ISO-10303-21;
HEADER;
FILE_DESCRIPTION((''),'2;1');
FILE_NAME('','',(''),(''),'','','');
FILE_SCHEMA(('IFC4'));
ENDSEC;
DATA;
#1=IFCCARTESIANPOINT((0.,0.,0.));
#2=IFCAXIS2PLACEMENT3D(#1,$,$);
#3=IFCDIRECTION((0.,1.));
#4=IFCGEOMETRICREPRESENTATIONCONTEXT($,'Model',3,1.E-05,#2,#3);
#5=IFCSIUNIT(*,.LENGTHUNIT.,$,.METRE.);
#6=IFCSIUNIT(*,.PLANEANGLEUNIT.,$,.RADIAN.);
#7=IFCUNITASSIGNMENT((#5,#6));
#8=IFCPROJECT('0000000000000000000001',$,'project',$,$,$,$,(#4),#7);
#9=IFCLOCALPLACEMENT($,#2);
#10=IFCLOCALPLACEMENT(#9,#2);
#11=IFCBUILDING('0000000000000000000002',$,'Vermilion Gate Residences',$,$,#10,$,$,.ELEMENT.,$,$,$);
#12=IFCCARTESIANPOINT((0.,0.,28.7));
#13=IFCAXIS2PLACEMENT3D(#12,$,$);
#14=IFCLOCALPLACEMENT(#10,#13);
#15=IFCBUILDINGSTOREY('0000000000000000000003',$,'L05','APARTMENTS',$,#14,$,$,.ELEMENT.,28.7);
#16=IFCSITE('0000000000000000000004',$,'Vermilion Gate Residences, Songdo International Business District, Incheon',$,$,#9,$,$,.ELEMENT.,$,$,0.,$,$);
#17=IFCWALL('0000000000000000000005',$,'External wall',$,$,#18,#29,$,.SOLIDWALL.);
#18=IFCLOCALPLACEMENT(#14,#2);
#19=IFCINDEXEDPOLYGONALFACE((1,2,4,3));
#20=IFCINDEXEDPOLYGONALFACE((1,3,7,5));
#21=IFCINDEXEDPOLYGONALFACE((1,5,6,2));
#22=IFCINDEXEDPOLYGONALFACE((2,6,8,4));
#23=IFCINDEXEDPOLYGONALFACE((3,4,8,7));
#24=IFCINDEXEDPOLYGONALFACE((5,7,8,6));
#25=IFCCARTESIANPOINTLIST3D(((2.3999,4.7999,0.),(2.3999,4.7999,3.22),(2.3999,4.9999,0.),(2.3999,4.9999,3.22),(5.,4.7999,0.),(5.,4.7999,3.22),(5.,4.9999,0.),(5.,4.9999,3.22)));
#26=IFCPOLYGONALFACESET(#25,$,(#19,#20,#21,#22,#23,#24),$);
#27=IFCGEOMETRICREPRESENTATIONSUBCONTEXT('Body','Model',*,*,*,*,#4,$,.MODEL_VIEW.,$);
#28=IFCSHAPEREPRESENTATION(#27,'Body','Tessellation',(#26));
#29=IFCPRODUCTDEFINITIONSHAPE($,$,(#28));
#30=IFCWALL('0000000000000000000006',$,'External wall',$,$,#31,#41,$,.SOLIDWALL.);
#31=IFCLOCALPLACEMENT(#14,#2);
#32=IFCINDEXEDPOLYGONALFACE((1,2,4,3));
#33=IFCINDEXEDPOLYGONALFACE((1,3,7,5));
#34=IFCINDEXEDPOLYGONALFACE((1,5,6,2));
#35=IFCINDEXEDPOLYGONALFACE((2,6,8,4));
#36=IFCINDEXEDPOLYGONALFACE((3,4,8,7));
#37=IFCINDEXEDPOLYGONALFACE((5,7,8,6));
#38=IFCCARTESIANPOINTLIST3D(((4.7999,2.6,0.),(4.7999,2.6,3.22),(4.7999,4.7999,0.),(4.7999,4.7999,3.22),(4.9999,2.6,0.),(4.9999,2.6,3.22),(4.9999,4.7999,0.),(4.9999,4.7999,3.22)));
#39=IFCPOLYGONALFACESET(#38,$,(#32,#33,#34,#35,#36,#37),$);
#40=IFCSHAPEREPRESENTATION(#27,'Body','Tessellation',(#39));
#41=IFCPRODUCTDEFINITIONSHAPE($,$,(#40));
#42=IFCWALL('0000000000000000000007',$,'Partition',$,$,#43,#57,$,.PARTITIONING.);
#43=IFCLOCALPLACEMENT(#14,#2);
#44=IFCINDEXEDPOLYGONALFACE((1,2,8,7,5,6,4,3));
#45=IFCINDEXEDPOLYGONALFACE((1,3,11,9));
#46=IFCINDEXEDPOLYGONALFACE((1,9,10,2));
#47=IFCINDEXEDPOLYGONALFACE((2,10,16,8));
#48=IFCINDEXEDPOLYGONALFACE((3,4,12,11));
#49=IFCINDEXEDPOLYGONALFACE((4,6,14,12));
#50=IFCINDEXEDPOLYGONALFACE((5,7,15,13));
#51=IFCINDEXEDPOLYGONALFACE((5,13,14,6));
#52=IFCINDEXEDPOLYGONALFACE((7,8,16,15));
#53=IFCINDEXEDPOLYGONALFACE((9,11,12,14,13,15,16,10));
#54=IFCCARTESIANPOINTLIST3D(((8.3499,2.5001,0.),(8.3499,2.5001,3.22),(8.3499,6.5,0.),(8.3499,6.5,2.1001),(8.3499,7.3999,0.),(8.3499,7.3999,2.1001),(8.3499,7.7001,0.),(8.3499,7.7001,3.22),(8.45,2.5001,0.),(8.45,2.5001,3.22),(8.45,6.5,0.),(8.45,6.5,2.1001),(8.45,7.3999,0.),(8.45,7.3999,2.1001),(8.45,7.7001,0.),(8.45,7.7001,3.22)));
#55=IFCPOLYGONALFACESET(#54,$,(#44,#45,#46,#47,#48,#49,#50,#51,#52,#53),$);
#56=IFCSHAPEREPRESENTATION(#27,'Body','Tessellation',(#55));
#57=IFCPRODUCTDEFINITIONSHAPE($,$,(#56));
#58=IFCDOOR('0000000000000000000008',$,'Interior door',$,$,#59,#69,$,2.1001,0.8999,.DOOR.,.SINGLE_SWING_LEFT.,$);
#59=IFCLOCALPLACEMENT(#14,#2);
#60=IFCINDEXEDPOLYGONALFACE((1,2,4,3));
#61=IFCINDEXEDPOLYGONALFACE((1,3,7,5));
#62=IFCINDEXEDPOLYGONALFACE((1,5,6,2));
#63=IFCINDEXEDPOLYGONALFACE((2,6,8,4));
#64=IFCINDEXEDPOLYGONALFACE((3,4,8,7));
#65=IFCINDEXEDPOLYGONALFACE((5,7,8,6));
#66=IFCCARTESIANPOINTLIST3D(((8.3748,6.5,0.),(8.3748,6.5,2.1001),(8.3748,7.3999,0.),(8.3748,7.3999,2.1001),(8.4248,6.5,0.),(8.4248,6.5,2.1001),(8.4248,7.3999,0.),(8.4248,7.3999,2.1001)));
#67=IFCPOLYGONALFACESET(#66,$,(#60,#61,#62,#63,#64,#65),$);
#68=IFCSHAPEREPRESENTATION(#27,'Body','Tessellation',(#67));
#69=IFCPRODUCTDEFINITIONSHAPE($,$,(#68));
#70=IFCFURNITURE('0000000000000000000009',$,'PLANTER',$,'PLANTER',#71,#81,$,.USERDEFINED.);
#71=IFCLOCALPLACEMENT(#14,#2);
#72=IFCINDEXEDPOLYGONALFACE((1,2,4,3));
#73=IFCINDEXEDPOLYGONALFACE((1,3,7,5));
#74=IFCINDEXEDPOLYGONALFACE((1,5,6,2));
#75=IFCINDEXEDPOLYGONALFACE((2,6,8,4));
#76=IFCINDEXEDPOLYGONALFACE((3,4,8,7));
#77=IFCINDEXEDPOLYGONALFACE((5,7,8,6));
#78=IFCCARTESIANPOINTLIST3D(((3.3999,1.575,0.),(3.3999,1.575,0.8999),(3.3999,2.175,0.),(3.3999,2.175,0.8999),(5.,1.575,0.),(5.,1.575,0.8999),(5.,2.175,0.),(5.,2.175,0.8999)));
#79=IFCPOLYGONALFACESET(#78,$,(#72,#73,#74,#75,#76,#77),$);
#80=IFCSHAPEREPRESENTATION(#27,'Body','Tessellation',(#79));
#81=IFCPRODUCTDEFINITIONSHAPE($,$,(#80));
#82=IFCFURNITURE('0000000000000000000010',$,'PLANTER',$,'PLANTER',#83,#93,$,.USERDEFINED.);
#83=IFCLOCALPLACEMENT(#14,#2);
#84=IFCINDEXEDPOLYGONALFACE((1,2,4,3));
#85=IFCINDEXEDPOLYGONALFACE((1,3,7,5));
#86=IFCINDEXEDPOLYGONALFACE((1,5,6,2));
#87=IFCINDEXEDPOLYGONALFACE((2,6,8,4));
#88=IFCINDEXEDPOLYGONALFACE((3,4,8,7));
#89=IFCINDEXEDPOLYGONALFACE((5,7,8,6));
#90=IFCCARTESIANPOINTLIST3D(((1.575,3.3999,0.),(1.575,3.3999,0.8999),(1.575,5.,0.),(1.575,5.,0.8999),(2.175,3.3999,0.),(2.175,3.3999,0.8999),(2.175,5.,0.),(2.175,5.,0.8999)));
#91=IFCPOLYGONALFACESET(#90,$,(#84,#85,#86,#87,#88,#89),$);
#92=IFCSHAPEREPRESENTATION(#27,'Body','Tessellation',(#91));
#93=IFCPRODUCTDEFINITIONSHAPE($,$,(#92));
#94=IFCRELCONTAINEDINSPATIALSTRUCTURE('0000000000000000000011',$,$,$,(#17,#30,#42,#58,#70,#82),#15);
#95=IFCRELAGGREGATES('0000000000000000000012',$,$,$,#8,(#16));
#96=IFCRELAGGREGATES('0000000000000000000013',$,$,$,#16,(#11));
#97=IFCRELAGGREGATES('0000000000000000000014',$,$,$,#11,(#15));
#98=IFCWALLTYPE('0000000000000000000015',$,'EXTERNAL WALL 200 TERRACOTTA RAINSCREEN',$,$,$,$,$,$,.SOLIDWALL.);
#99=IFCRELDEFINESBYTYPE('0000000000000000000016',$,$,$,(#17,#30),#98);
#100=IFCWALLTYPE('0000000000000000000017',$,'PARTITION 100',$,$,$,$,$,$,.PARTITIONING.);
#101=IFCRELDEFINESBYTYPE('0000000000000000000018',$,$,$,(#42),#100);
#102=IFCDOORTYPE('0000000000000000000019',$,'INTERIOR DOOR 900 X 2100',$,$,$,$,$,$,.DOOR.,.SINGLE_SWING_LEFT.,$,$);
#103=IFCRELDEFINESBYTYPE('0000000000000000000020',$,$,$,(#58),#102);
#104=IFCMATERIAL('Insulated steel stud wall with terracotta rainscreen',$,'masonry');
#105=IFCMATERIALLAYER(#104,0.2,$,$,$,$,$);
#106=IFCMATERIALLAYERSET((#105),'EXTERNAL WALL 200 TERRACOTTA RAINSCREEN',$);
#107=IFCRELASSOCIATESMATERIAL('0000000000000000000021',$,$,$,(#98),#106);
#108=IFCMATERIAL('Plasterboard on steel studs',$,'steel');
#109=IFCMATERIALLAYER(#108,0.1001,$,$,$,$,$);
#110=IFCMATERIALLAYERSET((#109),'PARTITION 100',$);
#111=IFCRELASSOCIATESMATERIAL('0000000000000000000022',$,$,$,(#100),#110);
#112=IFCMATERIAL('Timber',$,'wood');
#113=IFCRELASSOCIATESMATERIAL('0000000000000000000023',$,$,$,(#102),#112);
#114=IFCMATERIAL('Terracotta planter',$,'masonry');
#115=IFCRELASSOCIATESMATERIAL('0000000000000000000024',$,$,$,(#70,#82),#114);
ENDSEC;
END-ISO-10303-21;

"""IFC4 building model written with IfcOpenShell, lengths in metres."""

from ifc_helpers import new_model, si_unit, direction, frame, frame_2d, origin, origin_2d, place, context, subcontext, project, spatial, rectangle, extrude, material, layer, layer_set, type_object, element, fill, save


model = new_model("IFC4")

# Units and contexts
model_context = context("Model", 3, precision=1e-05, world=origin(), true_north=direction((0.0, 1.0)))
body_context = subcontext(model_context, "Body", "Model", "MODEL_VIEW")
ifc_project = project(units=[si_unit("LENGTHUNIT", "METRE"), si_unit("PLANEANGLEUNIT", "RADIAN")], contexts=[model_context])

# Site, building, storey
site_placement = place(None, origin())
site = spatial("IfcSite", under=ifc_project, at=site_placement, Name="Vermilion Gate Residences, Songdo International Business District, Incheon", CompositionType="ELEMENT", RefElevation=0.0)
building_placement = place(site_placement, origin())
building = spatial("IfcBuilding", under=site, at=building_placement, Name="Vermilion Gate Residences", CompositionType="ELEMENT")
storey_placement = place(building_placement, frame((0.0, 0.0, 28.7)))
storey = spatial("IfcBuildingStorey", under=building, at=storey_placement, Name="L05", Description="APARTMENTS", CompositionType="ELEMENT", Elevation=28.7)

# Walls
ifc_material_1 = material(Name="Insulated steel stud wall with terracotta rainscreen", Category="masonry")
ifc_layer_1 = layer(ifc_material_1, 0.2)
ifc_layer_set_1 = layer_set([ifc_layer_1], Name="EXTERNAL WALL 200 TERRACOTTA RAINSCREEN")
wall_type_1 = type_object("IfcWallType", Name="EXTERNAL WALL 200 TERRACOTTA RAINSCREEN", PredefinedType="SOLIDWALL", material=ifc_layer_set_1)
wall_1_placement = place(storey_placement, frame((2.3999, 4.8999, 0.0), z_axis=(0.0, 0.0, 1.0), x_axis=(1.0, 0.0, 0.0)))
element("IfcWall", 1, at=wall_1_placement, inside=storey, type_object=wall_type_1, Name="External wall", PredefinedType="SOLIDWALL", context=body_context, shape_type="SweptSolid", body=[
    extrude(rectangle(XDim=2.6001, YDim=0.2, at=frame_2d((1.3, 0.0))), origin(), (0.0, 0.0, 1.0), 3.22),
])
wall_2_placement = place(storey_placement, frame((4.8999, 4.8, 0.0), z_axis=(0.0, 0.0, 1.0), x_axis=(0.0, -1.0, 0.0)))
element("IfcWall", 2, at=wall_2_placement, inside=storey, type_object=wall_type_1, Name="External wall", PredefinedType="SOLIDWALL", context=body_context, shape_type="SweptSolid", body=[
    extrude(rectangle(XDim=2.2, YDim=0.2, at=frame_2d((1.1001, 0.0))), origin(), (0.0, 0.0, 1.0), 3.22),
])

# Wall, opening, door
ifc_material_2 = material(Name="Plasterboard on steel studs", Category="steel")
ifc_layer_2 = layer(ifc_material_2, 0.1001)
ifc_layer_set_2 = layer_set([ifc_layer_2], Name="PARTITION 100")
wall_type_2 = type_object("IfcWallType", Name="PARTITION 100", PredefinedType="PARTITIONING", material=ifc_layer_set_2)
wall_3_placement = place(storey_placement, frame((8.3999, 2.5, 0.0), z_axis=(0.0, 0.0, 1.0), x_axis=(0.0, 1.0, 0.0)))
wall_3 = element("IfcWall", 3, at=wall_3_placement, inside=storey, type_object=wall_type_2, Name="Partition", PredefinedType="PARTITIONING", context=body_context, shape_type="SweptSolid", body=[
    extrude(rectangle(XDim=5.2, YDim=0.1001, at=frame_2d((2.6001, 0.0))), origin(), (0.0, 0.0, 1.0), 3.22),
])
opening_1_placement = place(wall_3_placement, frame((4.0, 0.0, 0.0)))
opening_1 = element("IfcOpeningElement", 4, at=opening_1_placement, cuts=wall_3, PredefinedType="OPENING", context=body_context, shape_type="SweptSolid", body=[
    extrude(rectangle(XDim=0.8999, YDim=2.1001, at=frame_2d((0.45, 1.05))), frame((0.0, 0.0601, 0.0), z_axis=(0.0, -1.0, 0.0), x_axis=(1.0, 0.0, 0.0)), (0.0, 0.0, 1.0), 0.1201),
])
ifc_material_3 = material(Name="Timber", Category="wood")
door_type_1 = type_object("IfcDoorType", Name="INTERIOR DOOR 900 X 2100", OperationType="SINGLE_SWING_LEFT", PredefinedType="DOOR", material=ifc_material_3)
door_1_placement = place(opening_1_placement, frame((0.8999, 0.0, 0.0), z_axis=(0.0, 0.0, 1.0), x_axis=(-1.0, 0.0, 0.0)))
door_1 = element("IfcDoor", 5, at=door_1_placement, inside=storey, type_object=door_type_1, Name="Interior door", OperationType="SINGLE_SWING_LEFT", OverallHeight=2.1001, OverallWidth=0.8999, PredefinedType="DOOR", context=body_context, shape_type="SweptSolid", body=[
    extrude(rectangle(XDim=0.8999, YDim=2.1001, at=frame_2d((0.45, 1.05))), frame((0.0, 0.0249, 0.0), z_axis=(0.0, -1.0, 0.0), x_axis=(1.0, 0.0, 0.0)), (0.0, 0.0, 1.0), 0.05),
])
fill(opening_1, door_1)

# Furniture
ifc_material_4 = material(Name="Terracotta planter", Category="masonry")
for number, where, z_axis, x_axis, name in (
    (6, (4.2, 1.875, 0.0), (0.0, 0.0, 1.0), (1.0, 0.0, 0.0), "PLANTER"),
    (7, (1.875, 4.2, 0.0), (0.0, 0.0, 1.0), (0.0, -1.0, 0.0), "PLANTER"),
):
    element("IfcFurniture", number, at=place(storey_placement, frame(where, z_axis=z_axis, x_axis=x_axis)), inside=storey, material=ifc_material_4, Name=name, ObjectType="PLANTER", PredefinedType="USERDEFINED", context=body_context, shape_type="SweptSolid", body=[
        extrude(rectangle(XDim=1.6001, YDim=0.6001, at=origin_2d()), origin(), (0.0, 0.0, 1.0), 0.8999),
    ])

save(model, "model.ifc")
